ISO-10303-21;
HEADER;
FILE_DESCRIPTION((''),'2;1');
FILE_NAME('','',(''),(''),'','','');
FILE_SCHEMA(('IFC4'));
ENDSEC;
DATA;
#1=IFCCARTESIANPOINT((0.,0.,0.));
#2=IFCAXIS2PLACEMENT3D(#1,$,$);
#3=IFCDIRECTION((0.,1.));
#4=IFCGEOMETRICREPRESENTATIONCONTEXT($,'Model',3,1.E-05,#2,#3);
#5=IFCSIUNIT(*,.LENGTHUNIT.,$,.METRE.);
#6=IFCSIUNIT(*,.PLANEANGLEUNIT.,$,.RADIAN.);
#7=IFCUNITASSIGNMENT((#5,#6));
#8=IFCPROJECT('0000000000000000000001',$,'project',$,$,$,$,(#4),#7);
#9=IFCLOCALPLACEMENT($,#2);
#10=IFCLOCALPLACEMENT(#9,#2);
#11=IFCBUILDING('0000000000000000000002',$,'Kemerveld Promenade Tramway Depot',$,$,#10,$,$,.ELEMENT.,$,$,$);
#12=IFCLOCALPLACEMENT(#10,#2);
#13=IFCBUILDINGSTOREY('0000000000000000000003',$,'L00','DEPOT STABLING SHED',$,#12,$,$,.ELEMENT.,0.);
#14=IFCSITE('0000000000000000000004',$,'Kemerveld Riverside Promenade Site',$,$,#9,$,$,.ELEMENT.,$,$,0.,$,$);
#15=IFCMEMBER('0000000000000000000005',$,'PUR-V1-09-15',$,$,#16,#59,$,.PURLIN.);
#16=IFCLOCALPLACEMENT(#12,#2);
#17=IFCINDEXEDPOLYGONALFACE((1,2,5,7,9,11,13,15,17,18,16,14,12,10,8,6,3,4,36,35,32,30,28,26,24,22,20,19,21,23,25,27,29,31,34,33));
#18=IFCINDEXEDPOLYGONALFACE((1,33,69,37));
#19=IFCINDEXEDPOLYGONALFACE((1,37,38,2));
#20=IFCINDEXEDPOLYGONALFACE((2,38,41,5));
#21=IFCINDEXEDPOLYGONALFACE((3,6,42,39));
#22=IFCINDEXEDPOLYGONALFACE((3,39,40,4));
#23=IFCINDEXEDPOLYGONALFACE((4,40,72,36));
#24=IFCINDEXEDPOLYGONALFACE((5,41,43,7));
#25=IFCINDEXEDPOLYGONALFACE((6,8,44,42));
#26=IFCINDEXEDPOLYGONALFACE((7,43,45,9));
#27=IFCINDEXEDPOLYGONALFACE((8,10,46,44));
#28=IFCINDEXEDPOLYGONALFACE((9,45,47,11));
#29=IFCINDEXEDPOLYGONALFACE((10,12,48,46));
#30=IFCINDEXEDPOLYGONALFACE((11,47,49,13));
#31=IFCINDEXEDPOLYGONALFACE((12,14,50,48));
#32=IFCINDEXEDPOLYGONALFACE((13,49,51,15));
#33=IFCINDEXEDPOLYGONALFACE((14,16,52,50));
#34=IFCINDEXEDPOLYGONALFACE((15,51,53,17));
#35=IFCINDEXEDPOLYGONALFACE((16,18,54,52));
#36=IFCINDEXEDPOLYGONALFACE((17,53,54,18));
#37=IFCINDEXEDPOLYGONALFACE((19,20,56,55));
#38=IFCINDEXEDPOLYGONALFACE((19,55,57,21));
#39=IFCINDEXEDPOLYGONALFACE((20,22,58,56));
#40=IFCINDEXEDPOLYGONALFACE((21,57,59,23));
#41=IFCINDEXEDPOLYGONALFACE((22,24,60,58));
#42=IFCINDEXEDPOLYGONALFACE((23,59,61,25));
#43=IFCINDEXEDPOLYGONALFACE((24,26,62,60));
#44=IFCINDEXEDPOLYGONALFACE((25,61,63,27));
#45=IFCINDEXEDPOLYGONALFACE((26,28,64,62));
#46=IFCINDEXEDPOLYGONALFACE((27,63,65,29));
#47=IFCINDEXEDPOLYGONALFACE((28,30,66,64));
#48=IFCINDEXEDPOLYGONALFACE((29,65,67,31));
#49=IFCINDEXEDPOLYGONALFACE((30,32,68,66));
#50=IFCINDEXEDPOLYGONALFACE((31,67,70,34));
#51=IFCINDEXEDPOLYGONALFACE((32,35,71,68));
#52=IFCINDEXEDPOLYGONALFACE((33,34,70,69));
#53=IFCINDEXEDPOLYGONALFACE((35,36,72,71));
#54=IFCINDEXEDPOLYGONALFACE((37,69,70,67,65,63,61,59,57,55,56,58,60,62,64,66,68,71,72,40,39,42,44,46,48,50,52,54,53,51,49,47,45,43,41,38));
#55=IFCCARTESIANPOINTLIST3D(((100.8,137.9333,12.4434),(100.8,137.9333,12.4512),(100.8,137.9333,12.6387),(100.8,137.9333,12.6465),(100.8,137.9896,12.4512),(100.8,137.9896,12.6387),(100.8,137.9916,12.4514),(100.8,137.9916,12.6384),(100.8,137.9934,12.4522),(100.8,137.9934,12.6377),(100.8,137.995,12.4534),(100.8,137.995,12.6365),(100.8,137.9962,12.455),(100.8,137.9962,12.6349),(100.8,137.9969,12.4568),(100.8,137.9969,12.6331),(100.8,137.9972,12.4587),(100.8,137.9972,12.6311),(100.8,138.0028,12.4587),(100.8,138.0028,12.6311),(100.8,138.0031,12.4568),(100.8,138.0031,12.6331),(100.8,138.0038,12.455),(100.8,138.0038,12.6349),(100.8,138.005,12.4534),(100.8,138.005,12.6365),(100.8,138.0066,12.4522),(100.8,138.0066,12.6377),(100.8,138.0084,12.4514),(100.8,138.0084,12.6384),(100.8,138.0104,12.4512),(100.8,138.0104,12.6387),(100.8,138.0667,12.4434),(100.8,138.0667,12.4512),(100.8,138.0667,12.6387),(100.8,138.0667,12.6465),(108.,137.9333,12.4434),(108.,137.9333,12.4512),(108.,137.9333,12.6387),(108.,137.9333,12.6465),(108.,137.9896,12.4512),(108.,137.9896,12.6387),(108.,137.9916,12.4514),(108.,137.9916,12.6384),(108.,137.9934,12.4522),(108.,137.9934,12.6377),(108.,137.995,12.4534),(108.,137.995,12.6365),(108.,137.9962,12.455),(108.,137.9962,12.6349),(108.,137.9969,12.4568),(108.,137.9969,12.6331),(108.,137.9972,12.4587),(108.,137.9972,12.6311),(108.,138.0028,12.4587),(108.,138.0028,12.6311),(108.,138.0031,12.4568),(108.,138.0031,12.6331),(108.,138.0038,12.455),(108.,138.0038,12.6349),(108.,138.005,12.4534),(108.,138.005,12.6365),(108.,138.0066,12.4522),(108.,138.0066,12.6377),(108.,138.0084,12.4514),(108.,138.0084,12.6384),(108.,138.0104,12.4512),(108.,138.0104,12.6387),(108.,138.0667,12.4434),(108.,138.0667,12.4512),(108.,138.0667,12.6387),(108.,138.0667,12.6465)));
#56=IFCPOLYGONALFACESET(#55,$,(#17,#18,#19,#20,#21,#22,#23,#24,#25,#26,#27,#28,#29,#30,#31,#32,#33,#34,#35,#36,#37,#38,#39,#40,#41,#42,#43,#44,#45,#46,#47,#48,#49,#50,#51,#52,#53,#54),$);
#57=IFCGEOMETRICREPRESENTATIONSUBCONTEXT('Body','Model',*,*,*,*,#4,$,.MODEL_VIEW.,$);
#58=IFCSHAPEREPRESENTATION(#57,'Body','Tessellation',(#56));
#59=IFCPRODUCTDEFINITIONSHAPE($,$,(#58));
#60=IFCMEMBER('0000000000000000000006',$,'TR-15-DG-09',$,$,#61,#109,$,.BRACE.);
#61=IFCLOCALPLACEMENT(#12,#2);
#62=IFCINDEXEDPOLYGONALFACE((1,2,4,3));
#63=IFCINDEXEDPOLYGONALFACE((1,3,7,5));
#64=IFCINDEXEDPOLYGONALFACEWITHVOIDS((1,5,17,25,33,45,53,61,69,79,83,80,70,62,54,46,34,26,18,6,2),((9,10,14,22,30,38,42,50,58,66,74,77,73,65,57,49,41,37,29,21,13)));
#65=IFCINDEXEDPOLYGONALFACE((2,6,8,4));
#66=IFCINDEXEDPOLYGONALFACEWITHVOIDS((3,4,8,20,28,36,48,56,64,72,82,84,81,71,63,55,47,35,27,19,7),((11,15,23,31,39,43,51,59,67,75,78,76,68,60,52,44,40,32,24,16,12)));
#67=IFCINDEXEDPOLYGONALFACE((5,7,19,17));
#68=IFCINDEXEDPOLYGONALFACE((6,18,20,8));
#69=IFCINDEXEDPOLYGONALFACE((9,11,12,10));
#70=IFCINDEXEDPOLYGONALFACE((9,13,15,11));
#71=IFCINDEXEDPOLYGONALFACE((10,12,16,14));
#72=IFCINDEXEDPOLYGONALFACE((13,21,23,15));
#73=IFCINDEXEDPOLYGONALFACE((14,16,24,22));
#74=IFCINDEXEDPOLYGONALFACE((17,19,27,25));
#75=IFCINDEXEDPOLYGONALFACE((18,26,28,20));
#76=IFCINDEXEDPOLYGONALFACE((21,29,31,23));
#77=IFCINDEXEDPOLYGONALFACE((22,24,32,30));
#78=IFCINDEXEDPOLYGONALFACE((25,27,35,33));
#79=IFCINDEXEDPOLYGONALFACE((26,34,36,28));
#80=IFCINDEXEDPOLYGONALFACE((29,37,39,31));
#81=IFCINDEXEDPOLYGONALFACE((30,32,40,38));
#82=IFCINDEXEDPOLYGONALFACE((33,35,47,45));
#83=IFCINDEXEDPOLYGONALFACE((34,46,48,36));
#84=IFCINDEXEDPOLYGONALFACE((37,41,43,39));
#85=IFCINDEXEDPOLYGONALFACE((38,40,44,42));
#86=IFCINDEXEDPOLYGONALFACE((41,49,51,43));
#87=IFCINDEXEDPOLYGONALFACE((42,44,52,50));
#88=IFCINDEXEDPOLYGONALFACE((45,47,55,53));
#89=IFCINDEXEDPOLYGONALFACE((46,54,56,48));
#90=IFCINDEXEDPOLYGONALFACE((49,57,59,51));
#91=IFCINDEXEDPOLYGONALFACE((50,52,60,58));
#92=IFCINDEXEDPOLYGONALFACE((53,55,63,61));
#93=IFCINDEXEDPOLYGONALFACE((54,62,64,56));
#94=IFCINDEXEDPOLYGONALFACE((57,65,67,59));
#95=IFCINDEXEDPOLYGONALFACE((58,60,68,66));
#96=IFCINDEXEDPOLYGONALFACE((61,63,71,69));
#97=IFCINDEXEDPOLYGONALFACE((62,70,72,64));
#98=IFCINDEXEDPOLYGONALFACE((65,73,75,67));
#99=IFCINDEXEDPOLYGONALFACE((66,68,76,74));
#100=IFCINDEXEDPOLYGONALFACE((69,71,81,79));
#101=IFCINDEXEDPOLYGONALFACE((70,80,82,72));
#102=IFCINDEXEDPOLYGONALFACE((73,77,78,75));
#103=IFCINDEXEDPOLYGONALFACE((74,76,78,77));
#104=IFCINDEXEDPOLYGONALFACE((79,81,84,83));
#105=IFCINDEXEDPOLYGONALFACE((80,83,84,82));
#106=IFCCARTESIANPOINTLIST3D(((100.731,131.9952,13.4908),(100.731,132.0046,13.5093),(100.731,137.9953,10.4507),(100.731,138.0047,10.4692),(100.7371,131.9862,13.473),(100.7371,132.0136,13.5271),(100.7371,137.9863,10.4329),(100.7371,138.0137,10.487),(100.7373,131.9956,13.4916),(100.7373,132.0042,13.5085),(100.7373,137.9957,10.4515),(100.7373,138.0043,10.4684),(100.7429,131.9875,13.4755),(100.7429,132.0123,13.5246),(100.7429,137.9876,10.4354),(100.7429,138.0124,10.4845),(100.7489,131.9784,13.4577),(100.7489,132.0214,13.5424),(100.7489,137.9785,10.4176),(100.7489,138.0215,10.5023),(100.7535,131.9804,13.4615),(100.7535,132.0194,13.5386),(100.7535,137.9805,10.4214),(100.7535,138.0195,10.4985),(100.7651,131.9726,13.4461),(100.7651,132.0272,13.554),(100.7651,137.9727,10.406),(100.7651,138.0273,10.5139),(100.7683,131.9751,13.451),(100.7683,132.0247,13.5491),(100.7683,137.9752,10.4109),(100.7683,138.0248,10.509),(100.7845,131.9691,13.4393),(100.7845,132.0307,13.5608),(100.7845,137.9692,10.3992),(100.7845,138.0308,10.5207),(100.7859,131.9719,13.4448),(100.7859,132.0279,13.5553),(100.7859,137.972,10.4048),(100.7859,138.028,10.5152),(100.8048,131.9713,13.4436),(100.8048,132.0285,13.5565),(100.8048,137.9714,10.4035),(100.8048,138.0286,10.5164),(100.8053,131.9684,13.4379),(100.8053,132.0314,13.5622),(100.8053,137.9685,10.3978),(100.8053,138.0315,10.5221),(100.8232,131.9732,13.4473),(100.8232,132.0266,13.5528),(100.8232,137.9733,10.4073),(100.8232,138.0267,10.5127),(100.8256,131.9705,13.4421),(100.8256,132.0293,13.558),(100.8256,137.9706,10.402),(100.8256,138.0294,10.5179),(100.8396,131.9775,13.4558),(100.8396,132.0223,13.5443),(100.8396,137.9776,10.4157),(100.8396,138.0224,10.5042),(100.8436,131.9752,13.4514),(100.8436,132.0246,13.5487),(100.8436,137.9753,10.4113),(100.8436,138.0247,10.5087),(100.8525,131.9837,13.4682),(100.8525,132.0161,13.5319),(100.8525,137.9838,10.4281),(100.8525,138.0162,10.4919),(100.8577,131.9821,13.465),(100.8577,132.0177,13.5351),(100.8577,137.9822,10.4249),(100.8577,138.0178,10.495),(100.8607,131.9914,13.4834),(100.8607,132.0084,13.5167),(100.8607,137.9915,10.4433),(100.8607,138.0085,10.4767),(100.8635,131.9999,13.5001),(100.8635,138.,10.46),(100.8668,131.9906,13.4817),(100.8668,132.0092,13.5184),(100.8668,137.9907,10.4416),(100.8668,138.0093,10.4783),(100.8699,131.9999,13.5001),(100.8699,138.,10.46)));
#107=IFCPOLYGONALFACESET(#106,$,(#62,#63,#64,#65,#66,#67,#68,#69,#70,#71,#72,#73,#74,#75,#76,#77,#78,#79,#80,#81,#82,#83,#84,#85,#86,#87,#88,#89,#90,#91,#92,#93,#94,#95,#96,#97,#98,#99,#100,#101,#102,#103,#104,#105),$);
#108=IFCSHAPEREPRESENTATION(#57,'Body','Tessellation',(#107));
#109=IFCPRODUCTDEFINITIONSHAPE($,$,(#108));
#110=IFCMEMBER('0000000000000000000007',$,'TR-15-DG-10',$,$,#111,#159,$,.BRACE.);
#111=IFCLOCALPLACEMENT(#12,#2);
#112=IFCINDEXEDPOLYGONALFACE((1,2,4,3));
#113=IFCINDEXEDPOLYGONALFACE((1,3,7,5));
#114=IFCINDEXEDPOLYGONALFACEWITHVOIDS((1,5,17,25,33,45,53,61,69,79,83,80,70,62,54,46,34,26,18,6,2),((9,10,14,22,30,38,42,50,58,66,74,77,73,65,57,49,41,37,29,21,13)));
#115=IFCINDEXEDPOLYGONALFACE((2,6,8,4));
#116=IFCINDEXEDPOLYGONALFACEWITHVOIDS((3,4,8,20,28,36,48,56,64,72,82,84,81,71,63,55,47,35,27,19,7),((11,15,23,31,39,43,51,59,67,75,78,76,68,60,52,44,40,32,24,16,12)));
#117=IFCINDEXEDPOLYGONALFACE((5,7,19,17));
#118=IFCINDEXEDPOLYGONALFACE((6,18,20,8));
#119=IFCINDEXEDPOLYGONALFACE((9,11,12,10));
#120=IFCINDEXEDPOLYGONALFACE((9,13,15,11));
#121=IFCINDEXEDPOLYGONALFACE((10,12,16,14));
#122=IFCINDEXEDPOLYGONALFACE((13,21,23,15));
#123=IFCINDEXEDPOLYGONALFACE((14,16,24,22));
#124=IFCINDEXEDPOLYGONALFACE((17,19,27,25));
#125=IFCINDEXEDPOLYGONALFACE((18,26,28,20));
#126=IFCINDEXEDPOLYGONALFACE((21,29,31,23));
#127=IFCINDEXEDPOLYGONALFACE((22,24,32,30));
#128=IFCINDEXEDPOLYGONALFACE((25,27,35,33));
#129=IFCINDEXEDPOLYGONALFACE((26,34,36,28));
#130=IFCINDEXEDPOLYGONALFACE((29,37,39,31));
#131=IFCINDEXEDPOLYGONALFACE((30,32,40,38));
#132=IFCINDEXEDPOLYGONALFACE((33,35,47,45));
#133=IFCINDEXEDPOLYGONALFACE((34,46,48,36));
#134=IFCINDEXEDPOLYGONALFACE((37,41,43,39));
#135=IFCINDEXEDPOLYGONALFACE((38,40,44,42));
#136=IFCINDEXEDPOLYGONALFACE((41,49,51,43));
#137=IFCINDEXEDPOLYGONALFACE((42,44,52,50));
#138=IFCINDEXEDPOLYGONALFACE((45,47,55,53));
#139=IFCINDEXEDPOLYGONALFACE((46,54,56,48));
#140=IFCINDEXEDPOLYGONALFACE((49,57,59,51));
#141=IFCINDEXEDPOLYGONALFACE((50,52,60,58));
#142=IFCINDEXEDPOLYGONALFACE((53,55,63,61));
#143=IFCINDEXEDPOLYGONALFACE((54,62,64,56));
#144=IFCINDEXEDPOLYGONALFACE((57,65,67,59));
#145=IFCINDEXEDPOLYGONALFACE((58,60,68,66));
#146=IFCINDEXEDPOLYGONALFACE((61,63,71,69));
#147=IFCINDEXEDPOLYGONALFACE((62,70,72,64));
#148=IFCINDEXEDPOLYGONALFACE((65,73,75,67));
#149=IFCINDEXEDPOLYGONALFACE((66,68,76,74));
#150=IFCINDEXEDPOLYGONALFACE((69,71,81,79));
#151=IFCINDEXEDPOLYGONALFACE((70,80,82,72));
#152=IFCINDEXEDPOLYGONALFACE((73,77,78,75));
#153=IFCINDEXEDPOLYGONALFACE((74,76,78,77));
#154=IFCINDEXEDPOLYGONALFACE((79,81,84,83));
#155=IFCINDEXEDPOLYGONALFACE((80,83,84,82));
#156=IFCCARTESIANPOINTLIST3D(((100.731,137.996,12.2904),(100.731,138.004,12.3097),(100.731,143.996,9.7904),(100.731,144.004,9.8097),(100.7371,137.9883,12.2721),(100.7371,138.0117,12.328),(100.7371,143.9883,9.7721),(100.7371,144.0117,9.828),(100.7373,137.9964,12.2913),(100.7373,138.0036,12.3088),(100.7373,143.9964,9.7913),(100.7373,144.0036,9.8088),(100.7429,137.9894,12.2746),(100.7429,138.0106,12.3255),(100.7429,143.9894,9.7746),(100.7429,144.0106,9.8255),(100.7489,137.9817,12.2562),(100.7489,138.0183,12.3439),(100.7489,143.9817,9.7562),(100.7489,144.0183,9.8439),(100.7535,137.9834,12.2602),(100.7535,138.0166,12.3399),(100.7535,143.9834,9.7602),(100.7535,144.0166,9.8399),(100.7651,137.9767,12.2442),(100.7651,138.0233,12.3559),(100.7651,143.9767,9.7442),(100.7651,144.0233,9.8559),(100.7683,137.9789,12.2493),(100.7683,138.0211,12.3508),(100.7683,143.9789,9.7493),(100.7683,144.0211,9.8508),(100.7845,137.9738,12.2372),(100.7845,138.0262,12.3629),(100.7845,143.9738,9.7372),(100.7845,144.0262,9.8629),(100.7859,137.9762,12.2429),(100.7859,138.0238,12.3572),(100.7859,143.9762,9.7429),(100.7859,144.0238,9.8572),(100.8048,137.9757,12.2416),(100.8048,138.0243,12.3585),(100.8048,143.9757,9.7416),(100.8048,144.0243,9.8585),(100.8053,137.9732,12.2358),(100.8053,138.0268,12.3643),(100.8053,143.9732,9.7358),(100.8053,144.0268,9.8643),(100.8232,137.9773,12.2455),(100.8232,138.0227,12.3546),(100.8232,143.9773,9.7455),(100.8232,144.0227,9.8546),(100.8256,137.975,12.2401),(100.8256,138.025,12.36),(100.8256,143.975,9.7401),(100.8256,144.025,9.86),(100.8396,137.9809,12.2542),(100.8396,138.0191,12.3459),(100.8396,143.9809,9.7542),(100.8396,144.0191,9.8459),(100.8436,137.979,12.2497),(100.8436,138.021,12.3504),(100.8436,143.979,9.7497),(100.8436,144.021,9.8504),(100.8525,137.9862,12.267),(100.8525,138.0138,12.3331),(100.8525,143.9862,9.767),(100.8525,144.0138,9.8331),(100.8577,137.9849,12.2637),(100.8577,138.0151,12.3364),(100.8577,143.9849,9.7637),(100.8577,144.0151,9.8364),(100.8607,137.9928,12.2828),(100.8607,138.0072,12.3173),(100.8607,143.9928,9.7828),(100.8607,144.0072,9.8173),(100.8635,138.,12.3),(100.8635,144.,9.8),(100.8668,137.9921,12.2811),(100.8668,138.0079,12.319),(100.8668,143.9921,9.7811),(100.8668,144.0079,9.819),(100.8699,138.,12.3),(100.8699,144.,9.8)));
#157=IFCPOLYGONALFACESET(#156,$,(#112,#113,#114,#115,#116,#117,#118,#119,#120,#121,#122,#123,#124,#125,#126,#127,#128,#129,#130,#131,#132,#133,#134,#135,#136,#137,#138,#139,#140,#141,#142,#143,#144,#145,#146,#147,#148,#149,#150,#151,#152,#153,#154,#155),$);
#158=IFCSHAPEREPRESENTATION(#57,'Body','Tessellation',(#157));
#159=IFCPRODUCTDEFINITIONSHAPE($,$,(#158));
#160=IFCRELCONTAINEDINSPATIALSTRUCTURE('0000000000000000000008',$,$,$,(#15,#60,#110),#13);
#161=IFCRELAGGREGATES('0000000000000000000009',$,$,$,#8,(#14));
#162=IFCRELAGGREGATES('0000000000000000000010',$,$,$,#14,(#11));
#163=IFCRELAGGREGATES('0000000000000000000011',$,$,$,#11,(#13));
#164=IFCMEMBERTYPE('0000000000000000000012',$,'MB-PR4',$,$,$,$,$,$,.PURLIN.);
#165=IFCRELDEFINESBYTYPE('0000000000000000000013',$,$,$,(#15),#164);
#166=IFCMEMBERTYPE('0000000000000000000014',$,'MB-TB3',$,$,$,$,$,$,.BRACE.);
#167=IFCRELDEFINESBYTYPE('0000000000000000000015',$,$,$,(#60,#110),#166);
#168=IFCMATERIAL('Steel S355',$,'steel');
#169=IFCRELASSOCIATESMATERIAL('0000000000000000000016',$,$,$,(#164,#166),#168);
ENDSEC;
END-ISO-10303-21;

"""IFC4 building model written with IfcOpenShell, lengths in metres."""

from ifc_helpers import new_model, si_unit, direction, frame, origin, origin_2d, place, context, subcontext, project, spatial, hollow_circle, i_section, extrude, material, material_profile, profile_set, type_object, element, save


model = new_model("IFC4")

# Units and contexts
model_context = context("Model", 3, precision=1e-05, world=origin(), true_north=direction((0.0, 1.0)))
body_context = subcontext(model_context, "Body", "Model", "MODEL_VIEW")
ifc_project = project(units=[si_unit("LENGTHUNIT", "METRE"), si_unit("PLANEANGLEUNIT", "RADIAN")], contexts=[model_context])

# Site, building, storey
site_placement = place(None, origin())
site = spatial("IfcSite", under=ifc_project, at=site_placement, Name="Kemerveld Riverside Promenade Site", CompositionType="ELEMENT", RefElevation=0.0)
building_placement = place(site_placement, origin())
building = spatial("IfcBuilding", under=site, at=building_placement, Name="Kemerveld Promenade Tramway Depot", CompositionType="ELEMENT")
storey_placement = place(building_placement, origin())
storey = spatial("IfcBuildingStorey", under=building, at=storey_placement, Name="L00", Description="DEPOT STABLING SHED", CompositionType="ELEMENT", Elevation=0.0)

# Shared definitions
ifc_material_1 = material(Name="Steel S355", Category="steel")

# Members
ifc_material_profile_1 = material_profile(ifc_material_1, i_section(OverallWidth=0.1333, OverallDepth=0.2031, WebThickness=0.0056, FlangeThickness=0.0078, FilletRadius=0.0076, at=origin_2d()), Name="203x133x25 UB")
ifc_profile_set_1 = profile_set([ifc_material_profile_1], Name="Steel S355")
member_type_1 = type_object("IfcMemberType", Name="MB-PR4", PredefinedType="PURLIN", material=ifc_profile_set_1)
member_1_placement = place(storey_placement, frame((100.8, 138.0, 12.5449), z_axis=(1.0, 0.0, 0.0), x_axis=(0.0, 1.0, 0.0)))
element("IfcMember", 1, at=member_1_placement, inside=storey, type_object=member_type_1, Name="PUR-V1-09-15", PredefinedType="PURLIN", context=body_context, shape_type="SweptSolid", body=[
    extrude(i_section(OverallWidth=0.1333, OverallDepth=0.2031, WebThickness=0.0056, FlangeThickness=0.0078, FilletRadius=0.0076, at=origin_2d()), origin(), (0.0, 0.0, 1.0), 7.2),
])
ifc_material_profile_2 = material_profile(ifc_material_1, hollow_circle(Radius=0.0698, WallThickness=0.0063, at=origin_2d()), Name="139.7x6.3 CHS")
ifc_profile_set_2 = profile_set([ifc_material_profile_2], Name="Steel S355")
member_type_2 = type_object("IfcMemberType", Name="MB-TB3", PredefinedType="BRACE", material=ifc_profile_set_2)
member_2_placement = place(storey_placement, frame((100.8, 138.0, 10.46), z_axis=(0.0, -0.892033, 0.451969), x_axis=(1.0, 0.0, 0.0)))
element("IfcMember", 2, at=member_2_placement, inside=storey, type_object=member_type_2, Name="TR-15-DG-09", PredefinedType="BRACE", context=body_context, shape_type="SweptSolid", body=[
    extrude(hollow_circle(Radius=0.0698, WallThickness=0.0063, at=origin_2d()), origin(), (0.0, 0.0, 1.0), 6.7263),
])
member_3_placement = place(storey_placement, frame((100.8, 144.0, 9.8), z_axis=(0.0, -0.923077, 0.384615), x_axis=(1.0, 0.0, 0.0)))
element("IfcMember", 3, at=member_3_placement, inside=storey, type_object=member_type_2, Name="TR-15-DG-10", PredefinedType="BRACE", context=body_context, shape_type="SweptSolid", body=[
    extrude(hollow_circle(Radius=0.0698, WallThickness=0.0063, at=origin_2d()), origin(), (0.0, 0.0, 1.0), 6.5),
])

save(model, "model.ifc")
